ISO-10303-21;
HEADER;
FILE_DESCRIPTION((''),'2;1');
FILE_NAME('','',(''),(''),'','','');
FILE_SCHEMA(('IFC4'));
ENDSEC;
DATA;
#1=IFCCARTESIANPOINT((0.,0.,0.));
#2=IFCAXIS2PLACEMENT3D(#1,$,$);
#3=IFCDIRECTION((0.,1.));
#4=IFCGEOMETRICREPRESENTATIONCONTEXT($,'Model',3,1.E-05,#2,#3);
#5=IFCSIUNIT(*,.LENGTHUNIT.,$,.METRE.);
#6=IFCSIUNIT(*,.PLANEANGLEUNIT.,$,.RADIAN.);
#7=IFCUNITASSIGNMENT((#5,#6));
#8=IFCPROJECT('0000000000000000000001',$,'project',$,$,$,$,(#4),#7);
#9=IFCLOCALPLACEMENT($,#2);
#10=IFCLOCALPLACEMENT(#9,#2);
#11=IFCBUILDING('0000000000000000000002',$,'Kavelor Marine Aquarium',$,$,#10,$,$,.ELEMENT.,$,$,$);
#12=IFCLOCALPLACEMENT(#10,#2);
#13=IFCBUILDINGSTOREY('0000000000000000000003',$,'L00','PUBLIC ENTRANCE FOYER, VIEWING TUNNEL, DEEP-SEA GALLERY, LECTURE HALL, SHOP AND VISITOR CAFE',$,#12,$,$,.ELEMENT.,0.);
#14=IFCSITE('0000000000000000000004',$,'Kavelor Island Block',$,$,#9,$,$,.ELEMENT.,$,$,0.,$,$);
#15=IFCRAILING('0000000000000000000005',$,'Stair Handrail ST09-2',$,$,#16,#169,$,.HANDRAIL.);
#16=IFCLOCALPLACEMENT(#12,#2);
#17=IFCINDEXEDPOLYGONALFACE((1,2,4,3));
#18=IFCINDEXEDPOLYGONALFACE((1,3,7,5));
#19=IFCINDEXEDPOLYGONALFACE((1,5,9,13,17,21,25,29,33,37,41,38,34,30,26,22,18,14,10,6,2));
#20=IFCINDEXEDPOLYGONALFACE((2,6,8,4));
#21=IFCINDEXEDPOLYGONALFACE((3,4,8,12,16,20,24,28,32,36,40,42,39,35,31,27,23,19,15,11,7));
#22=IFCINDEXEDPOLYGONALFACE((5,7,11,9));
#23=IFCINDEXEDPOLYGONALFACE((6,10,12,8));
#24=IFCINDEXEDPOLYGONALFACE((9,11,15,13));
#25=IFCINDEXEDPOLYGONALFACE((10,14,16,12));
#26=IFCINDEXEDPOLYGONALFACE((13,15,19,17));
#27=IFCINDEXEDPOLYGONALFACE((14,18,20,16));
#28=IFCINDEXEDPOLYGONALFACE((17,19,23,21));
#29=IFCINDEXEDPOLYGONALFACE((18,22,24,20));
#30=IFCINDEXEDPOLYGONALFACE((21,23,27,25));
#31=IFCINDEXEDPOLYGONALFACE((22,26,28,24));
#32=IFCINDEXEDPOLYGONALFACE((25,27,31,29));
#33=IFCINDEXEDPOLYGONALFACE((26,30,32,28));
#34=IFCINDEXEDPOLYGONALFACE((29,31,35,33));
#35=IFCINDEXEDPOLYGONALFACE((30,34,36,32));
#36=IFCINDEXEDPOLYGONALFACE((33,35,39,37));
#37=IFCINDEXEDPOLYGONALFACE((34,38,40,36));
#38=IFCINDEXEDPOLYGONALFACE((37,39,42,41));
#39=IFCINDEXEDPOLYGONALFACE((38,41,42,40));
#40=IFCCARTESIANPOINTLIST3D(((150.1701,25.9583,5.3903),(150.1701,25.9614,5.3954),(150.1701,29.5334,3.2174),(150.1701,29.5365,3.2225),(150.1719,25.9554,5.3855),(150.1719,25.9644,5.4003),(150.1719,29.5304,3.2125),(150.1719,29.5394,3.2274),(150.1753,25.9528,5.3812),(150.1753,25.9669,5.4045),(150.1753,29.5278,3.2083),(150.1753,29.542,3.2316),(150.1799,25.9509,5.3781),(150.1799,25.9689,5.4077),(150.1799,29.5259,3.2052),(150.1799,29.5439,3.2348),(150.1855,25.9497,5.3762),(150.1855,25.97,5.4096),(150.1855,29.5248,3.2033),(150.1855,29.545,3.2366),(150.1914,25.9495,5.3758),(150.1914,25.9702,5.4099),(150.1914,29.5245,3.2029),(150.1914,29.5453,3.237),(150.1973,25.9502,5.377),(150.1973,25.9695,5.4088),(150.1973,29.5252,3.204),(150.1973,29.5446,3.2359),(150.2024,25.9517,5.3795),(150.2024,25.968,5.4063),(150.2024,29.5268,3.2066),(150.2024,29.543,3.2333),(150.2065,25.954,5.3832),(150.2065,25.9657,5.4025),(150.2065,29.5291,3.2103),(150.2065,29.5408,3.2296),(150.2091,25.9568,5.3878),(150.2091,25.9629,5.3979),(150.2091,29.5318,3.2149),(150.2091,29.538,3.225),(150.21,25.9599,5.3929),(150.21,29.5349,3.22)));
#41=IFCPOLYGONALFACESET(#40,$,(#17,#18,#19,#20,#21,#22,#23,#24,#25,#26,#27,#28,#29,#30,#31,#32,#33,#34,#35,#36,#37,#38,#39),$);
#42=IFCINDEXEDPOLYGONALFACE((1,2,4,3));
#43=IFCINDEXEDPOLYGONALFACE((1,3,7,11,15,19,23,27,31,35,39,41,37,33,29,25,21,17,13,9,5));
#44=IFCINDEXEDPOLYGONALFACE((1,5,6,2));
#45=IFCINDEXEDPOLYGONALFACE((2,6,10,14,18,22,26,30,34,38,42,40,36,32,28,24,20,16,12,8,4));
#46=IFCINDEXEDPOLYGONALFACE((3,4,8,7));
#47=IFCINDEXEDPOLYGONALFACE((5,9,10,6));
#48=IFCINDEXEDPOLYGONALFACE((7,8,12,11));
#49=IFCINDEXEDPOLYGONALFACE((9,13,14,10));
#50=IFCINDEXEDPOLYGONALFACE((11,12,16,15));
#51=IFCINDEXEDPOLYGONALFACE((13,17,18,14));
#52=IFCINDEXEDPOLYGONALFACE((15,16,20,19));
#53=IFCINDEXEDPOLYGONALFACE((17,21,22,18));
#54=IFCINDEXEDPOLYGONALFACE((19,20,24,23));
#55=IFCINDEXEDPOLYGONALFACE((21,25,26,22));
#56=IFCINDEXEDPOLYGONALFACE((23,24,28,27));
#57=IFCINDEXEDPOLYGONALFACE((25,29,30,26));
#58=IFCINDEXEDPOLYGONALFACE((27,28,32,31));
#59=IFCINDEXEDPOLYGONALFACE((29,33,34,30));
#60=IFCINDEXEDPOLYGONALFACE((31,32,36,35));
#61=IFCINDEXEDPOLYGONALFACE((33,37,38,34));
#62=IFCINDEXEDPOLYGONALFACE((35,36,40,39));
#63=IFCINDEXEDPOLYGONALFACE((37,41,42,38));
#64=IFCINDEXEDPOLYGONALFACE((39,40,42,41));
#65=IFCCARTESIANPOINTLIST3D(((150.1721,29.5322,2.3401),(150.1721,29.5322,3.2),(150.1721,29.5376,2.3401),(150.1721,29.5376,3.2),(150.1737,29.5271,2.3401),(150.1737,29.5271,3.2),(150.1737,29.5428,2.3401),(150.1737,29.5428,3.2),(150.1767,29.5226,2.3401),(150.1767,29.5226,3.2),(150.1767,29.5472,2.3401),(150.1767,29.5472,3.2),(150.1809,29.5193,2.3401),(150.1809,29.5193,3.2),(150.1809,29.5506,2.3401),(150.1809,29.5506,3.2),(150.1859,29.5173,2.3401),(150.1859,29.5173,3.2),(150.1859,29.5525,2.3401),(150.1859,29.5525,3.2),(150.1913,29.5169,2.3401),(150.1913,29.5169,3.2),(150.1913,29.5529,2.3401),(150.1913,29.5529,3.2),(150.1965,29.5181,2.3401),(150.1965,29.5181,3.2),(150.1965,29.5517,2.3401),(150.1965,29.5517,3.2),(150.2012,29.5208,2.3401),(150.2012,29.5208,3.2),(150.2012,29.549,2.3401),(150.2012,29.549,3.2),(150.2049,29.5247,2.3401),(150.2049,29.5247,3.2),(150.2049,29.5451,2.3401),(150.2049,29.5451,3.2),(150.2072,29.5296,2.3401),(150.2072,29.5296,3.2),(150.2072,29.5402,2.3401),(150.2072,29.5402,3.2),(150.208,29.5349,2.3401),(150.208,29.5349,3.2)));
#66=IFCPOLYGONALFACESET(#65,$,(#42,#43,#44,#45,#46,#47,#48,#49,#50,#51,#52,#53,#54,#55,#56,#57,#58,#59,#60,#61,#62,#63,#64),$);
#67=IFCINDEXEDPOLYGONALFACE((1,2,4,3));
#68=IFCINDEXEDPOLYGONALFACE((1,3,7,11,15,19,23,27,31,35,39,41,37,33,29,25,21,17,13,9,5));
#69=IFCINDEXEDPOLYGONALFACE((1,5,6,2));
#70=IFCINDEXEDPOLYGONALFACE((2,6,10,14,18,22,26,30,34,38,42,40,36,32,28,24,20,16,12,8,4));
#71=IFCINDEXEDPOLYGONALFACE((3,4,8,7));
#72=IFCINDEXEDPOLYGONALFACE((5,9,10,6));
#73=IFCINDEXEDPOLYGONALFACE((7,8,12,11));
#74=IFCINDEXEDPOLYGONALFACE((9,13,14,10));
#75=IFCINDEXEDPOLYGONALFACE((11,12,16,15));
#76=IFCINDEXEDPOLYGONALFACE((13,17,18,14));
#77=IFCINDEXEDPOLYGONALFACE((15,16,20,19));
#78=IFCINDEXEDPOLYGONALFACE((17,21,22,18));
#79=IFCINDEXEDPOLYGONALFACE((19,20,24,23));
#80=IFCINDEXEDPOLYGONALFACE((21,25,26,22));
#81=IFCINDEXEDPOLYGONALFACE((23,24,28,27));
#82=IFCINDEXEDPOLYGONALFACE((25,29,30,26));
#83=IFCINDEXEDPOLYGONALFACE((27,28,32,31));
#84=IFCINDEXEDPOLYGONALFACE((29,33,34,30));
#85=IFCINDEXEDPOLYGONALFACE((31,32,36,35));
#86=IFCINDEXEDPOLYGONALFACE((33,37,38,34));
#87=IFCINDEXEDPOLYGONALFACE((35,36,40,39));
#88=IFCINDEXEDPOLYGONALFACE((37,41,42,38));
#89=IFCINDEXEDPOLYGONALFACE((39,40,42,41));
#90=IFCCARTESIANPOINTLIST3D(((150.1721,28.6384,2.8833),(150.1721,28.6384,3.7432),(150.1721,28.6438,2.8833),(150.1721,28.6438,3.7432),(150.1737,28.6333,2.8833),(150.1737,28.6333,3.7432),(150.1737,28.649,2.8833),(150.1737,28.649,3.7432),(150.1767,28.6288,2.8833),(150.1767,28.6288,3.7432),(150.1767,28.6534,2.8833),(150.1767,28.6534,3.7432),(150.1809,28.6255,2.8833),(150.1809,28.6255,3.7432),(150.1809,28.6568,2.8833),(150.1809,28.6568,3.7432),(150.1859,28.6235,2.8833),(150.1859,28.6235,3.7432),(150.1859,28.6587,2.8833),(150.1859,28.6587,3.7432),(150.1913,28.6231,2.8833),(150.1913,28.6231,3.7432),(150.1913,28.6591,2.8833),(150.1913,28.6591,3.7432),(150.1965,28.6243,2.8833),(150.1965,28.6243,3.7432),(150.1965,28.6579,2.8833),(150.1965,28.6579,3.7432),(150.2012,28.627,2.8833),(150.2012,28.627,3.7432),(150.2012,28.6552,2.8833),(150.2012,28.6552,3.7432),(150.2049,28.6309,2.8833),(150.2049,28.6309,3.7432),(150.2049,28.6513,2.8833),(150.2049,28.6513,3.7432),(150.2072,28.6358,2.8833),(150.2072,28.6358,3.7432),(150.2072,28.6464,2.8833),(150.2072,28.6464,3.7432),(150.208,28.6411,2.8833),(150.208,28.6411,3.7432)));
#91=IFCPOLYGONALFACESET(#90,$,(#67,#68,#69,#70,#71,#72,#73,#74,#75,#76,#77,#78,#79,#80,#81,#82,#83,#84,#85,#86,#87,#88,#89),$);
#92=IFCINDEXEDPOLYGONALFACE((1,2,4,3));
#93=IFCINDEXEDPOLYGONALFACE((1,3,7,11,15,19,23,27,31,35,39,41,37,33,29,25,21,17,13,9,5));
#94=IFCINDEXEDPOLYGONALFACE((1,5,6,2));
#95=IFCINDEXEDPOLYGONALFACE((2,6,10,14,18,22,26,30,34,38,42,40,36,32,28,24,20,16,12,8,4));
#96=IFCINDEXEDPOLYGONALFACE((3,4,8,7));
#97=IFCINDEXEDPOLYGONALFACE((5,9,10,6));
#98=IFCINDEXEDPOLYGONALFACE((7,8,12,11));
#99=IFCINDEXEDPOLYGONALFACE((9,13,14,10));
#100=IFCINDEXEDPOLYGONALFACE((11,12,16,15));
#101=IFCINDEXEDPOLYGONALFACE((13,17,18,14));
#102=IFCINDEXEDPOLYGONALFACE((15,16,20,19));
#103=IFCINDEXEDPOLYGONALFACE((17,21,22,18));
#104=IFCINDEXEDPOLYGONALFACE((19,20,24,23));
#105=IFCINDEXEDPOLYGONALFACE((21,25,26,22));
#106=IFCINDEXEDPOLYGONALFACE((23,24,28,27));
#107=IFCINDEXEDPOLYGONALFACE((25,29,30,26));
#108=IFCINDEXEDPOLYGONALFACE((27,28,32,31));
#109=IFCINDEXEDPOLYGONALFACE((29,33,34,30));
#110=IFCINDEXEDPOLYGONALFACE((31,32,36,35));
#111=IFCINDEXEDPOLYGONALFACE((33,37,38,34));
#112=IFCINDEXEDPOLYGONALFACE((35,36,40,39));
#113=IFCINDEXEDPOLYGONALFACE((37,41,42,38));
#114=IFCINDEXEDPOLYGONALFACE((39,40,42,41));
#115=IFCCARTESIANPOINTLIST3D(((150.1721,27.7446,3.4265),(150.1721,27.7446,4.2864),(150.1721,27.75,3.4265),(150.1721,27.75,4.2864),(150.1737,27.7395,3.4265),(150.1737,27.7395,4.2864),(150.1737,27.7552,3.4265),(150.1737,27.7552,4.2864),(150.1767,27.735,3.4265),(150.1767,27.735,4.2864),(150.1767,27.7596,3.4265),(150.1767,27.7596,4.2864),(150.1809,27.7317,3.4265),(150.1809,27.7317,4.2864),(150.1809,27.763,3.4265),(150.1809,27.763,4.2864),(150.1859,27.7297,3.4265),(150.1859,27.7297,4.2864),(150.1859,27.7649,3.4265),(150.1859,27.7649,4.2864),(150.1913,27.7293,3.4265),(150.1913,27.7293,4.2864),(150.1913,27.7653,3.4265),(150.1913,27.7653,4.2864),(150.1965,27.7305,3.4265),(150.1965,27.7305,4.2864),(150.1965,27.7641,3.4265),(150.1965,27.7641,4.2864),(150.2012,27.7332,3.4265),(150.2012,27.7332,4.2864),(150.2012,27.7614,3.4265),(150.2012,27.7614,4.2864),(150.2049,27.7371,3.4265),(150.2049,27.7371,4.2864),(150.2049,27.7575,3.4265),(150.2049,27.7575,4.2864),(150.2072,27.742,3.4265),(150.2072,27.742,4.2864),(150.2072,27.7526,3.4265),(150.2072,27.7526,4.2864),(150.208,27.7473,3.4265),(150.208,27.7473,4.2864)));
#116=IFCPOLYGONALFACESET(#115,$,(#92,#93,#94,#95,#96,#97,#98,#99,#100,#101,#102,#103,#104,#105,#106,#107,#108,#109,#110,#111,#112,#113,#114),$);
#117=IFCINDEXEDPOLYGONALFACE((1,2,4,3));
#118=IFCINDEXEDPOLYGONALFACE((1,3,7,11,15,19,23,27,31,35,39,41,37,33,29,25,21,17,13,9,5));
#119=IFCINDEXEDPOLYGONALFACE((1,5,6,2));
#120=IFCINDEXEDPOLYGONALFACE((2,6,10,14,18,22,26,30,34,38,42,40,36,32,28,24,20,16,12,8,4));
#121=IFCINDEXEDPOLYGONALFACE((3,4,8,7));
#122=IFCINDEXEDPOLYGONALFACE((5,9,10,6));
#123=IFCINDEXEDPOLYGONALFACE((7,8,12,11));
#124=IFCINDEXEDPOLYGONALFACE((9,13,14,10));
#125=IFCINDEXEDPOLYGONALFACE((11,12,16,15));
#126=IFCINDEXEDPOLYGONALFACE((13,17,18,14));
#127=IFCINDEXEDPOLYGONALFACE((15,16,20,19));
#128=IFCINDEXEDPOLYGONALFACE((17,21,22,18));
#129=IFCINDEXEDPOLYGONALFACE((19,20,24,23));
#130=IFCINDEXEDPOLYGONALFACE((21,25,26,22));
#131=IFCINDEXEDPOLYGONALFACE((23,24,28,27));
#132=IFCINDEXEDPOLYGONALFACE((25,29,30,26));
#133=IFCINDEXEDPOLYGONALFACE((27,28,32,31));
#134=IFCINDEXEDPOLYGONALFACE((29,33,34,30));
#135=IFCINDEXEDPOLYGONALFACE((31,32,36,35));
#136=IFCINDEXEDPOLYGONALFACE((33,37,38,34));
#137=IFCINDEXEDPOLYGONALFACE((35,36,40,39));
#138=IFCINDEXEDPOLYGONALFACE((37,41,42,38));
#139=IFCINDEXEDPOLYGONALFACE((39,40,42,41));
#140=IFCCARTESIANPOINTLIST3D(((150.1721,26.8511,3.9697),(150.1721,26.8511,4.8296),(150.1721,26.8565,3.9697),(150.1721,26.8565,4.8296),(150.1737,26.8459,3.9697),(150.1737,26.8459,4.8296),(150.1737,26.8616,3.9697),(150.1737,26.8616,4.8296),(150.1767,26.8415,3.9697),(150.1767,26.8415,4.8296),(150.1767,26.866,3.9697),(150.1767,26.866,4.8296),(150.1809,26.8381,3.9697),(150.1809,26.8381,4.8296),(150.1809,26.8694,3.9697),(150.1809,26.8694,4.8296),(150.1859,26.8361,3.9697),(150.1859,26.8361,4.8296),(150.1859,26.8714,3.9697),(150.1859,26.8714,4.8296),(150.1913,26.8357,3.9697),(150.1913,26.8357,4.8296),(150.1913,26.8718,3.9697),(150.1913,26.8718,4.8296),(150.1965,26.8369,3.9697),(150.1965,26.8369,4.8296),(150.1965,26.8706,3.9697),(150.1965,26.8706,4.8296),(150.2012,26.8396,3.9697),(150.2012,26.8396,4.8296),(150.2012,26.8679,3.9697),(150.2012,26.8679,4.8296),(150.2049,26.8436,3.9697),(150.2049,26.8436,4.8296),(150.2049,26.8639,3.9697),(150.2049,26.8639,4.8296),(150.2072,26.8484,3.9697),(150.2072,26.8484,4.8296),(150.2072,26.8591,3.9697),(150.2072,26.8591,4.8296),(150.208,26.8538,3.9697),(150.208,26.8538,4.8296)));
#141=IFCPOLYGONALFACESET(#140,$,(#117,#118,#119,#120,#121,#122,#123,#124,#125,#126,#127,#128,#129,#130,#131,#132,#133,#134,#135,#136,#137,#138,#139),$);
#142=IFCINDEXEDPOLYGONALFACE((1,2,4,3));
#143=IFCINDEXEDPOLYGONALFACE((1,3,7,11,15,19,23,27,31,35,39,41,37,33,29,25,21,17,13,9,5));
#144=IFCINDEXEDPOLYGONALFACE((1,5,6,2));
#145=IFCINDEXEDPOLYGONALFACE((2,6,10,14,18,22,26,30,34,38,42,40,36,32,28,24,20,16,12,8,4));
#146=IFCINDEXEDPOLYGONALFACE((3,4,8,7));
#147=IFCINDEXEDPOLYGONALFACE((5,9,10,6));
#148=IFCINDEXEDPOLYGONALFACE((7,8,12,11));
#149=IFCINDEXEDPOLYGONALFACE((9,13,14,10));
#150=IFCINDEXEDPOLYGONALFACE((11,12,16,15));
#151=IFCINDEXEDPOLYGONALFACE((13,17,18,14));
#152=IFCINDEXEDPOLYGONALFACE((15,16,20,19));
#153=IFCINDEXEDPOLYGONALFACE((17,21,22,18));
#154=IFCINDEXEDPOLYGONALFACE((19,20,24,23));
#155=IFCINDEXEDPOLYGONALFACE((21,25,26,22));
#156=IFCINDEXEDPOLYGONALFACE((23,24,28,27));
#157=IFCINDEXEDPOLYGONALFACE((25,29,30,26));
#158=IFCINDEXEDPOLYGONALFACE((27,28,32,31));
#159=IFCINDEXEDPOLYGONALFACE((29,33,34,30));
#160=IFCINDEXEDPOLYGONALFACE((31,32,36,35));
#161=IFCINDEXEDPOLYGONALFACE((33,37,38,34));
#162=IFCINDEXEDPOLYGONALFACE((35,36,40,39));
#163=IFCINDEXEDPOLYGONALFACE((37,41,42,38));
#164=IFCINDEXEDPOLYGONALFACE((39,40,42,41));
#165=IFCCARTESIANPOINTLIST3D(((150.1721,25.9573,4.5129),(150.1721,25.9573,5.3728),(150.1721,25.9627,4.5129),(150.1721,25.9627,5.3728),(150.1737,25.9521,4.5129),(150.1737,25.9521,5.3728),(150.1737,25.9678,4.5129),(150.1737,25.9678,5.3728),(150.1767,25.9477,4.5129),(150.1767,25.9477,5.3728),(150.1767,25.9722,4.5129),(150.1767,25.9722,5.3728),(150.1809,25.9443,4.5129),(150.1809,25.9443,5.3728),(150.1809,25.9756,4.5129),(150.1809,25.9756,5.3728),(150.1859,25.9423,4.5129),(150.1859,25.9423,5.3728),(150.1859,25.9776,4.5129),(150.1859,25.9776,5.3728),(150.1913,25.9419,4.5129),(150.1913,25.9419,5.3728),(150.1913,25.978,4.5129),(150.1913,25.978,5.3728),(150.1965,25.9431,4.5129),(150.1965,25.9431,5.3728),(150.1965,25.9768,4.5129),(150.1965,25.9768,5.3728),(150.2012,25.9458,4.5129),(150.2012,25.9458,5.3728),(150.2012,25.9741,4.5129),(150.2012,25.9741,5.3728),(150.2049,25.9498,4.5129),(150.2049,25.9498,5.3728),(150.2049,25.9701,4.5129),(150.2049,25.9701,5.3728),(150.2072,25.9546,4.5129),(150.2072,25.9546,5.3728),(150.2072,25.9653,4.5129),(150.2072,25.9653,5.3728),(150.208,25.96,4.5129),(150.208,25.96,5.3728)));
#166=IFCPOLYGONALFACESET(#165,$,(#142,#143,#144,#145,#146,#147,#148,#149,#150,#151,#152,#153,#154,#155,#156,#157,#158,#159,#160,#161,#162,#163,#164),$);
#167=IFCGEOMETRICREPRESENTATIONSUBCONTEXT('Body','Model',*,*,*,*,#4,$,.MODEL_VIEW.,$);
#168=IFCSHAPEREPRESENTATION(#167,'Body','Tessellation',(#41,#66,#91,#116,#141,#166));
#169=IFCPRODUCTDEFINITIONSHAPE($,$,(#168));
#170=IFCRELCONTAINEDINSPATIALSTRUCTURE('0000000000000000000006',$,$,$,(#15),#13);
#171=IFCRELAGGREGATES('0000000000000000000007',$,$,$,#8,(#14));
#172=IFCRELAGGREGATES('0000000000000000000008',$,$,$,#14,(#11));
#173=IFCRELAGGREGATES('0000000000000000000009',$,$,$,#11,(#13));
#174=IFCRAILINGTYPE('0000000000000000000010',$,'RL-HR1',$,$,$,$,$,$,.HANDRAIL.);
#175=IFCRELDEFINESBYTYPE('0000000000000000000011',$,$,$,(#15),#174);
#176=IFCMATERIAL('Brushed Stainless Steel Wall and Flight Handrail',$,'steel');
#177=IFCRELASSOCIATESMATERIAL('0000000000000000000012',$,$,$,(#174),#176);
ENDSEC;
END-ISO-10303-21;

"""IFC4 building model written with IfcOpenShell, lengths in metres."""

from ifc_helpers import new_model, si_unit, direction, frame, origin, origin_2d, place, context, subcontext, project, spatial, circle, extrude, material, type_object, element, save


model = new_model("IFC4")

# Units and contexts
model_context = context("Model", 3, precision=1e-05, world=origin(), true_north=direction((0.0, 1.0)))
body_context = subcontext(model_context, "Body", "Model", "MODEL_VIEW")
ifc_project = project(units=[si_unit("LENGTHUNIT", "METRE"), si_unit("PLANEANGLEUNIT", "RADIAN")], contexts=[model_context])

# Site, building, storey
site_placement = place(None, origin())
site = spatial("IfcSite", under=ifc_project, at=site_placement, Name="Kavelor Island Block", CompositionType="ELEMENT", RefElevation=0.0)
building_placement = place(site_placement, origin())
building = spatial("IfcBuilding", under=site, at=building_placement, Name="Kavelor Marine Aquarium", CompositionType="ELEMENT")
storey_placement = place(building_placement, origin())
storey = spatial("IfcBuildingStorey", under=building, at=storey_placement, Name="L00", Description="PUBLIC ENTRANCE FOYER, VIEWING TUNNEL, DEEP-SEA GALLERY, LECTURE HALL, SHOP AND VISITOR CAFE", CompositionType="ELEMENT", Elevation=0.0)

# Railing
ifc_material_1 = material(Name="Brushed Stainless Steel Wall and Flight Handrail", Category="steel")
railing_type_1 = type_object("IfcRailingType", Name="RL-HR1", PredefinedType="HANDRAIL", material=ifc_material_1)
railing_1_placement = place(storey_placement, frame((150.1899, 29.5349, 2.3401)))
element("IfcRailing", 1, at=railing_1_placement, inside=storey, type_object=railing_type_1, Name="Stair Handrail ST09-2", PredefinedType="HANDRAIL", context=body_context, shape_type="SweptSolid", body=[
    extrude(circle(Radius=0.02, at=origin_2d()), frame((0.0, 0.0, 0.8799), z_axis=(0.0, -0.854539, 0.519388), x_axis=(1.0, 0.0, 0.0)), (0.0, 0.0, 1.0), 4.1836),
    extrude(circle(Radius=0.0181, at=origin_2d()), origin(), (0.0, 0.0, 1.0), 0.8599),
    extrude(circle(Radius=0.0181, at=origin_2d()), frame((0.0, -0.8938, 0.5432)), (0.0, 0.0, 1.0), 0.8599),
    extrude(circle(Radius=0.0181, at=origin_2d()), frame((0.0, -1.7876, 1.0864)), (0.0, 0.0, 1.0), 0.8599),
    extrude(circle(Radius=0.0181, at=origin_2d()), frame((0.0, -2.6812, 1.6296)), (0.0, 0.0, 1.0), 0.8599),
    extrude(circle(Radius=0.0181, at=origin_2d()), frame((0.0, -3.575, 2.1729)), (0.0, 0.0, 1.0), 0.8599),
])

save(model, "model.ifc")
